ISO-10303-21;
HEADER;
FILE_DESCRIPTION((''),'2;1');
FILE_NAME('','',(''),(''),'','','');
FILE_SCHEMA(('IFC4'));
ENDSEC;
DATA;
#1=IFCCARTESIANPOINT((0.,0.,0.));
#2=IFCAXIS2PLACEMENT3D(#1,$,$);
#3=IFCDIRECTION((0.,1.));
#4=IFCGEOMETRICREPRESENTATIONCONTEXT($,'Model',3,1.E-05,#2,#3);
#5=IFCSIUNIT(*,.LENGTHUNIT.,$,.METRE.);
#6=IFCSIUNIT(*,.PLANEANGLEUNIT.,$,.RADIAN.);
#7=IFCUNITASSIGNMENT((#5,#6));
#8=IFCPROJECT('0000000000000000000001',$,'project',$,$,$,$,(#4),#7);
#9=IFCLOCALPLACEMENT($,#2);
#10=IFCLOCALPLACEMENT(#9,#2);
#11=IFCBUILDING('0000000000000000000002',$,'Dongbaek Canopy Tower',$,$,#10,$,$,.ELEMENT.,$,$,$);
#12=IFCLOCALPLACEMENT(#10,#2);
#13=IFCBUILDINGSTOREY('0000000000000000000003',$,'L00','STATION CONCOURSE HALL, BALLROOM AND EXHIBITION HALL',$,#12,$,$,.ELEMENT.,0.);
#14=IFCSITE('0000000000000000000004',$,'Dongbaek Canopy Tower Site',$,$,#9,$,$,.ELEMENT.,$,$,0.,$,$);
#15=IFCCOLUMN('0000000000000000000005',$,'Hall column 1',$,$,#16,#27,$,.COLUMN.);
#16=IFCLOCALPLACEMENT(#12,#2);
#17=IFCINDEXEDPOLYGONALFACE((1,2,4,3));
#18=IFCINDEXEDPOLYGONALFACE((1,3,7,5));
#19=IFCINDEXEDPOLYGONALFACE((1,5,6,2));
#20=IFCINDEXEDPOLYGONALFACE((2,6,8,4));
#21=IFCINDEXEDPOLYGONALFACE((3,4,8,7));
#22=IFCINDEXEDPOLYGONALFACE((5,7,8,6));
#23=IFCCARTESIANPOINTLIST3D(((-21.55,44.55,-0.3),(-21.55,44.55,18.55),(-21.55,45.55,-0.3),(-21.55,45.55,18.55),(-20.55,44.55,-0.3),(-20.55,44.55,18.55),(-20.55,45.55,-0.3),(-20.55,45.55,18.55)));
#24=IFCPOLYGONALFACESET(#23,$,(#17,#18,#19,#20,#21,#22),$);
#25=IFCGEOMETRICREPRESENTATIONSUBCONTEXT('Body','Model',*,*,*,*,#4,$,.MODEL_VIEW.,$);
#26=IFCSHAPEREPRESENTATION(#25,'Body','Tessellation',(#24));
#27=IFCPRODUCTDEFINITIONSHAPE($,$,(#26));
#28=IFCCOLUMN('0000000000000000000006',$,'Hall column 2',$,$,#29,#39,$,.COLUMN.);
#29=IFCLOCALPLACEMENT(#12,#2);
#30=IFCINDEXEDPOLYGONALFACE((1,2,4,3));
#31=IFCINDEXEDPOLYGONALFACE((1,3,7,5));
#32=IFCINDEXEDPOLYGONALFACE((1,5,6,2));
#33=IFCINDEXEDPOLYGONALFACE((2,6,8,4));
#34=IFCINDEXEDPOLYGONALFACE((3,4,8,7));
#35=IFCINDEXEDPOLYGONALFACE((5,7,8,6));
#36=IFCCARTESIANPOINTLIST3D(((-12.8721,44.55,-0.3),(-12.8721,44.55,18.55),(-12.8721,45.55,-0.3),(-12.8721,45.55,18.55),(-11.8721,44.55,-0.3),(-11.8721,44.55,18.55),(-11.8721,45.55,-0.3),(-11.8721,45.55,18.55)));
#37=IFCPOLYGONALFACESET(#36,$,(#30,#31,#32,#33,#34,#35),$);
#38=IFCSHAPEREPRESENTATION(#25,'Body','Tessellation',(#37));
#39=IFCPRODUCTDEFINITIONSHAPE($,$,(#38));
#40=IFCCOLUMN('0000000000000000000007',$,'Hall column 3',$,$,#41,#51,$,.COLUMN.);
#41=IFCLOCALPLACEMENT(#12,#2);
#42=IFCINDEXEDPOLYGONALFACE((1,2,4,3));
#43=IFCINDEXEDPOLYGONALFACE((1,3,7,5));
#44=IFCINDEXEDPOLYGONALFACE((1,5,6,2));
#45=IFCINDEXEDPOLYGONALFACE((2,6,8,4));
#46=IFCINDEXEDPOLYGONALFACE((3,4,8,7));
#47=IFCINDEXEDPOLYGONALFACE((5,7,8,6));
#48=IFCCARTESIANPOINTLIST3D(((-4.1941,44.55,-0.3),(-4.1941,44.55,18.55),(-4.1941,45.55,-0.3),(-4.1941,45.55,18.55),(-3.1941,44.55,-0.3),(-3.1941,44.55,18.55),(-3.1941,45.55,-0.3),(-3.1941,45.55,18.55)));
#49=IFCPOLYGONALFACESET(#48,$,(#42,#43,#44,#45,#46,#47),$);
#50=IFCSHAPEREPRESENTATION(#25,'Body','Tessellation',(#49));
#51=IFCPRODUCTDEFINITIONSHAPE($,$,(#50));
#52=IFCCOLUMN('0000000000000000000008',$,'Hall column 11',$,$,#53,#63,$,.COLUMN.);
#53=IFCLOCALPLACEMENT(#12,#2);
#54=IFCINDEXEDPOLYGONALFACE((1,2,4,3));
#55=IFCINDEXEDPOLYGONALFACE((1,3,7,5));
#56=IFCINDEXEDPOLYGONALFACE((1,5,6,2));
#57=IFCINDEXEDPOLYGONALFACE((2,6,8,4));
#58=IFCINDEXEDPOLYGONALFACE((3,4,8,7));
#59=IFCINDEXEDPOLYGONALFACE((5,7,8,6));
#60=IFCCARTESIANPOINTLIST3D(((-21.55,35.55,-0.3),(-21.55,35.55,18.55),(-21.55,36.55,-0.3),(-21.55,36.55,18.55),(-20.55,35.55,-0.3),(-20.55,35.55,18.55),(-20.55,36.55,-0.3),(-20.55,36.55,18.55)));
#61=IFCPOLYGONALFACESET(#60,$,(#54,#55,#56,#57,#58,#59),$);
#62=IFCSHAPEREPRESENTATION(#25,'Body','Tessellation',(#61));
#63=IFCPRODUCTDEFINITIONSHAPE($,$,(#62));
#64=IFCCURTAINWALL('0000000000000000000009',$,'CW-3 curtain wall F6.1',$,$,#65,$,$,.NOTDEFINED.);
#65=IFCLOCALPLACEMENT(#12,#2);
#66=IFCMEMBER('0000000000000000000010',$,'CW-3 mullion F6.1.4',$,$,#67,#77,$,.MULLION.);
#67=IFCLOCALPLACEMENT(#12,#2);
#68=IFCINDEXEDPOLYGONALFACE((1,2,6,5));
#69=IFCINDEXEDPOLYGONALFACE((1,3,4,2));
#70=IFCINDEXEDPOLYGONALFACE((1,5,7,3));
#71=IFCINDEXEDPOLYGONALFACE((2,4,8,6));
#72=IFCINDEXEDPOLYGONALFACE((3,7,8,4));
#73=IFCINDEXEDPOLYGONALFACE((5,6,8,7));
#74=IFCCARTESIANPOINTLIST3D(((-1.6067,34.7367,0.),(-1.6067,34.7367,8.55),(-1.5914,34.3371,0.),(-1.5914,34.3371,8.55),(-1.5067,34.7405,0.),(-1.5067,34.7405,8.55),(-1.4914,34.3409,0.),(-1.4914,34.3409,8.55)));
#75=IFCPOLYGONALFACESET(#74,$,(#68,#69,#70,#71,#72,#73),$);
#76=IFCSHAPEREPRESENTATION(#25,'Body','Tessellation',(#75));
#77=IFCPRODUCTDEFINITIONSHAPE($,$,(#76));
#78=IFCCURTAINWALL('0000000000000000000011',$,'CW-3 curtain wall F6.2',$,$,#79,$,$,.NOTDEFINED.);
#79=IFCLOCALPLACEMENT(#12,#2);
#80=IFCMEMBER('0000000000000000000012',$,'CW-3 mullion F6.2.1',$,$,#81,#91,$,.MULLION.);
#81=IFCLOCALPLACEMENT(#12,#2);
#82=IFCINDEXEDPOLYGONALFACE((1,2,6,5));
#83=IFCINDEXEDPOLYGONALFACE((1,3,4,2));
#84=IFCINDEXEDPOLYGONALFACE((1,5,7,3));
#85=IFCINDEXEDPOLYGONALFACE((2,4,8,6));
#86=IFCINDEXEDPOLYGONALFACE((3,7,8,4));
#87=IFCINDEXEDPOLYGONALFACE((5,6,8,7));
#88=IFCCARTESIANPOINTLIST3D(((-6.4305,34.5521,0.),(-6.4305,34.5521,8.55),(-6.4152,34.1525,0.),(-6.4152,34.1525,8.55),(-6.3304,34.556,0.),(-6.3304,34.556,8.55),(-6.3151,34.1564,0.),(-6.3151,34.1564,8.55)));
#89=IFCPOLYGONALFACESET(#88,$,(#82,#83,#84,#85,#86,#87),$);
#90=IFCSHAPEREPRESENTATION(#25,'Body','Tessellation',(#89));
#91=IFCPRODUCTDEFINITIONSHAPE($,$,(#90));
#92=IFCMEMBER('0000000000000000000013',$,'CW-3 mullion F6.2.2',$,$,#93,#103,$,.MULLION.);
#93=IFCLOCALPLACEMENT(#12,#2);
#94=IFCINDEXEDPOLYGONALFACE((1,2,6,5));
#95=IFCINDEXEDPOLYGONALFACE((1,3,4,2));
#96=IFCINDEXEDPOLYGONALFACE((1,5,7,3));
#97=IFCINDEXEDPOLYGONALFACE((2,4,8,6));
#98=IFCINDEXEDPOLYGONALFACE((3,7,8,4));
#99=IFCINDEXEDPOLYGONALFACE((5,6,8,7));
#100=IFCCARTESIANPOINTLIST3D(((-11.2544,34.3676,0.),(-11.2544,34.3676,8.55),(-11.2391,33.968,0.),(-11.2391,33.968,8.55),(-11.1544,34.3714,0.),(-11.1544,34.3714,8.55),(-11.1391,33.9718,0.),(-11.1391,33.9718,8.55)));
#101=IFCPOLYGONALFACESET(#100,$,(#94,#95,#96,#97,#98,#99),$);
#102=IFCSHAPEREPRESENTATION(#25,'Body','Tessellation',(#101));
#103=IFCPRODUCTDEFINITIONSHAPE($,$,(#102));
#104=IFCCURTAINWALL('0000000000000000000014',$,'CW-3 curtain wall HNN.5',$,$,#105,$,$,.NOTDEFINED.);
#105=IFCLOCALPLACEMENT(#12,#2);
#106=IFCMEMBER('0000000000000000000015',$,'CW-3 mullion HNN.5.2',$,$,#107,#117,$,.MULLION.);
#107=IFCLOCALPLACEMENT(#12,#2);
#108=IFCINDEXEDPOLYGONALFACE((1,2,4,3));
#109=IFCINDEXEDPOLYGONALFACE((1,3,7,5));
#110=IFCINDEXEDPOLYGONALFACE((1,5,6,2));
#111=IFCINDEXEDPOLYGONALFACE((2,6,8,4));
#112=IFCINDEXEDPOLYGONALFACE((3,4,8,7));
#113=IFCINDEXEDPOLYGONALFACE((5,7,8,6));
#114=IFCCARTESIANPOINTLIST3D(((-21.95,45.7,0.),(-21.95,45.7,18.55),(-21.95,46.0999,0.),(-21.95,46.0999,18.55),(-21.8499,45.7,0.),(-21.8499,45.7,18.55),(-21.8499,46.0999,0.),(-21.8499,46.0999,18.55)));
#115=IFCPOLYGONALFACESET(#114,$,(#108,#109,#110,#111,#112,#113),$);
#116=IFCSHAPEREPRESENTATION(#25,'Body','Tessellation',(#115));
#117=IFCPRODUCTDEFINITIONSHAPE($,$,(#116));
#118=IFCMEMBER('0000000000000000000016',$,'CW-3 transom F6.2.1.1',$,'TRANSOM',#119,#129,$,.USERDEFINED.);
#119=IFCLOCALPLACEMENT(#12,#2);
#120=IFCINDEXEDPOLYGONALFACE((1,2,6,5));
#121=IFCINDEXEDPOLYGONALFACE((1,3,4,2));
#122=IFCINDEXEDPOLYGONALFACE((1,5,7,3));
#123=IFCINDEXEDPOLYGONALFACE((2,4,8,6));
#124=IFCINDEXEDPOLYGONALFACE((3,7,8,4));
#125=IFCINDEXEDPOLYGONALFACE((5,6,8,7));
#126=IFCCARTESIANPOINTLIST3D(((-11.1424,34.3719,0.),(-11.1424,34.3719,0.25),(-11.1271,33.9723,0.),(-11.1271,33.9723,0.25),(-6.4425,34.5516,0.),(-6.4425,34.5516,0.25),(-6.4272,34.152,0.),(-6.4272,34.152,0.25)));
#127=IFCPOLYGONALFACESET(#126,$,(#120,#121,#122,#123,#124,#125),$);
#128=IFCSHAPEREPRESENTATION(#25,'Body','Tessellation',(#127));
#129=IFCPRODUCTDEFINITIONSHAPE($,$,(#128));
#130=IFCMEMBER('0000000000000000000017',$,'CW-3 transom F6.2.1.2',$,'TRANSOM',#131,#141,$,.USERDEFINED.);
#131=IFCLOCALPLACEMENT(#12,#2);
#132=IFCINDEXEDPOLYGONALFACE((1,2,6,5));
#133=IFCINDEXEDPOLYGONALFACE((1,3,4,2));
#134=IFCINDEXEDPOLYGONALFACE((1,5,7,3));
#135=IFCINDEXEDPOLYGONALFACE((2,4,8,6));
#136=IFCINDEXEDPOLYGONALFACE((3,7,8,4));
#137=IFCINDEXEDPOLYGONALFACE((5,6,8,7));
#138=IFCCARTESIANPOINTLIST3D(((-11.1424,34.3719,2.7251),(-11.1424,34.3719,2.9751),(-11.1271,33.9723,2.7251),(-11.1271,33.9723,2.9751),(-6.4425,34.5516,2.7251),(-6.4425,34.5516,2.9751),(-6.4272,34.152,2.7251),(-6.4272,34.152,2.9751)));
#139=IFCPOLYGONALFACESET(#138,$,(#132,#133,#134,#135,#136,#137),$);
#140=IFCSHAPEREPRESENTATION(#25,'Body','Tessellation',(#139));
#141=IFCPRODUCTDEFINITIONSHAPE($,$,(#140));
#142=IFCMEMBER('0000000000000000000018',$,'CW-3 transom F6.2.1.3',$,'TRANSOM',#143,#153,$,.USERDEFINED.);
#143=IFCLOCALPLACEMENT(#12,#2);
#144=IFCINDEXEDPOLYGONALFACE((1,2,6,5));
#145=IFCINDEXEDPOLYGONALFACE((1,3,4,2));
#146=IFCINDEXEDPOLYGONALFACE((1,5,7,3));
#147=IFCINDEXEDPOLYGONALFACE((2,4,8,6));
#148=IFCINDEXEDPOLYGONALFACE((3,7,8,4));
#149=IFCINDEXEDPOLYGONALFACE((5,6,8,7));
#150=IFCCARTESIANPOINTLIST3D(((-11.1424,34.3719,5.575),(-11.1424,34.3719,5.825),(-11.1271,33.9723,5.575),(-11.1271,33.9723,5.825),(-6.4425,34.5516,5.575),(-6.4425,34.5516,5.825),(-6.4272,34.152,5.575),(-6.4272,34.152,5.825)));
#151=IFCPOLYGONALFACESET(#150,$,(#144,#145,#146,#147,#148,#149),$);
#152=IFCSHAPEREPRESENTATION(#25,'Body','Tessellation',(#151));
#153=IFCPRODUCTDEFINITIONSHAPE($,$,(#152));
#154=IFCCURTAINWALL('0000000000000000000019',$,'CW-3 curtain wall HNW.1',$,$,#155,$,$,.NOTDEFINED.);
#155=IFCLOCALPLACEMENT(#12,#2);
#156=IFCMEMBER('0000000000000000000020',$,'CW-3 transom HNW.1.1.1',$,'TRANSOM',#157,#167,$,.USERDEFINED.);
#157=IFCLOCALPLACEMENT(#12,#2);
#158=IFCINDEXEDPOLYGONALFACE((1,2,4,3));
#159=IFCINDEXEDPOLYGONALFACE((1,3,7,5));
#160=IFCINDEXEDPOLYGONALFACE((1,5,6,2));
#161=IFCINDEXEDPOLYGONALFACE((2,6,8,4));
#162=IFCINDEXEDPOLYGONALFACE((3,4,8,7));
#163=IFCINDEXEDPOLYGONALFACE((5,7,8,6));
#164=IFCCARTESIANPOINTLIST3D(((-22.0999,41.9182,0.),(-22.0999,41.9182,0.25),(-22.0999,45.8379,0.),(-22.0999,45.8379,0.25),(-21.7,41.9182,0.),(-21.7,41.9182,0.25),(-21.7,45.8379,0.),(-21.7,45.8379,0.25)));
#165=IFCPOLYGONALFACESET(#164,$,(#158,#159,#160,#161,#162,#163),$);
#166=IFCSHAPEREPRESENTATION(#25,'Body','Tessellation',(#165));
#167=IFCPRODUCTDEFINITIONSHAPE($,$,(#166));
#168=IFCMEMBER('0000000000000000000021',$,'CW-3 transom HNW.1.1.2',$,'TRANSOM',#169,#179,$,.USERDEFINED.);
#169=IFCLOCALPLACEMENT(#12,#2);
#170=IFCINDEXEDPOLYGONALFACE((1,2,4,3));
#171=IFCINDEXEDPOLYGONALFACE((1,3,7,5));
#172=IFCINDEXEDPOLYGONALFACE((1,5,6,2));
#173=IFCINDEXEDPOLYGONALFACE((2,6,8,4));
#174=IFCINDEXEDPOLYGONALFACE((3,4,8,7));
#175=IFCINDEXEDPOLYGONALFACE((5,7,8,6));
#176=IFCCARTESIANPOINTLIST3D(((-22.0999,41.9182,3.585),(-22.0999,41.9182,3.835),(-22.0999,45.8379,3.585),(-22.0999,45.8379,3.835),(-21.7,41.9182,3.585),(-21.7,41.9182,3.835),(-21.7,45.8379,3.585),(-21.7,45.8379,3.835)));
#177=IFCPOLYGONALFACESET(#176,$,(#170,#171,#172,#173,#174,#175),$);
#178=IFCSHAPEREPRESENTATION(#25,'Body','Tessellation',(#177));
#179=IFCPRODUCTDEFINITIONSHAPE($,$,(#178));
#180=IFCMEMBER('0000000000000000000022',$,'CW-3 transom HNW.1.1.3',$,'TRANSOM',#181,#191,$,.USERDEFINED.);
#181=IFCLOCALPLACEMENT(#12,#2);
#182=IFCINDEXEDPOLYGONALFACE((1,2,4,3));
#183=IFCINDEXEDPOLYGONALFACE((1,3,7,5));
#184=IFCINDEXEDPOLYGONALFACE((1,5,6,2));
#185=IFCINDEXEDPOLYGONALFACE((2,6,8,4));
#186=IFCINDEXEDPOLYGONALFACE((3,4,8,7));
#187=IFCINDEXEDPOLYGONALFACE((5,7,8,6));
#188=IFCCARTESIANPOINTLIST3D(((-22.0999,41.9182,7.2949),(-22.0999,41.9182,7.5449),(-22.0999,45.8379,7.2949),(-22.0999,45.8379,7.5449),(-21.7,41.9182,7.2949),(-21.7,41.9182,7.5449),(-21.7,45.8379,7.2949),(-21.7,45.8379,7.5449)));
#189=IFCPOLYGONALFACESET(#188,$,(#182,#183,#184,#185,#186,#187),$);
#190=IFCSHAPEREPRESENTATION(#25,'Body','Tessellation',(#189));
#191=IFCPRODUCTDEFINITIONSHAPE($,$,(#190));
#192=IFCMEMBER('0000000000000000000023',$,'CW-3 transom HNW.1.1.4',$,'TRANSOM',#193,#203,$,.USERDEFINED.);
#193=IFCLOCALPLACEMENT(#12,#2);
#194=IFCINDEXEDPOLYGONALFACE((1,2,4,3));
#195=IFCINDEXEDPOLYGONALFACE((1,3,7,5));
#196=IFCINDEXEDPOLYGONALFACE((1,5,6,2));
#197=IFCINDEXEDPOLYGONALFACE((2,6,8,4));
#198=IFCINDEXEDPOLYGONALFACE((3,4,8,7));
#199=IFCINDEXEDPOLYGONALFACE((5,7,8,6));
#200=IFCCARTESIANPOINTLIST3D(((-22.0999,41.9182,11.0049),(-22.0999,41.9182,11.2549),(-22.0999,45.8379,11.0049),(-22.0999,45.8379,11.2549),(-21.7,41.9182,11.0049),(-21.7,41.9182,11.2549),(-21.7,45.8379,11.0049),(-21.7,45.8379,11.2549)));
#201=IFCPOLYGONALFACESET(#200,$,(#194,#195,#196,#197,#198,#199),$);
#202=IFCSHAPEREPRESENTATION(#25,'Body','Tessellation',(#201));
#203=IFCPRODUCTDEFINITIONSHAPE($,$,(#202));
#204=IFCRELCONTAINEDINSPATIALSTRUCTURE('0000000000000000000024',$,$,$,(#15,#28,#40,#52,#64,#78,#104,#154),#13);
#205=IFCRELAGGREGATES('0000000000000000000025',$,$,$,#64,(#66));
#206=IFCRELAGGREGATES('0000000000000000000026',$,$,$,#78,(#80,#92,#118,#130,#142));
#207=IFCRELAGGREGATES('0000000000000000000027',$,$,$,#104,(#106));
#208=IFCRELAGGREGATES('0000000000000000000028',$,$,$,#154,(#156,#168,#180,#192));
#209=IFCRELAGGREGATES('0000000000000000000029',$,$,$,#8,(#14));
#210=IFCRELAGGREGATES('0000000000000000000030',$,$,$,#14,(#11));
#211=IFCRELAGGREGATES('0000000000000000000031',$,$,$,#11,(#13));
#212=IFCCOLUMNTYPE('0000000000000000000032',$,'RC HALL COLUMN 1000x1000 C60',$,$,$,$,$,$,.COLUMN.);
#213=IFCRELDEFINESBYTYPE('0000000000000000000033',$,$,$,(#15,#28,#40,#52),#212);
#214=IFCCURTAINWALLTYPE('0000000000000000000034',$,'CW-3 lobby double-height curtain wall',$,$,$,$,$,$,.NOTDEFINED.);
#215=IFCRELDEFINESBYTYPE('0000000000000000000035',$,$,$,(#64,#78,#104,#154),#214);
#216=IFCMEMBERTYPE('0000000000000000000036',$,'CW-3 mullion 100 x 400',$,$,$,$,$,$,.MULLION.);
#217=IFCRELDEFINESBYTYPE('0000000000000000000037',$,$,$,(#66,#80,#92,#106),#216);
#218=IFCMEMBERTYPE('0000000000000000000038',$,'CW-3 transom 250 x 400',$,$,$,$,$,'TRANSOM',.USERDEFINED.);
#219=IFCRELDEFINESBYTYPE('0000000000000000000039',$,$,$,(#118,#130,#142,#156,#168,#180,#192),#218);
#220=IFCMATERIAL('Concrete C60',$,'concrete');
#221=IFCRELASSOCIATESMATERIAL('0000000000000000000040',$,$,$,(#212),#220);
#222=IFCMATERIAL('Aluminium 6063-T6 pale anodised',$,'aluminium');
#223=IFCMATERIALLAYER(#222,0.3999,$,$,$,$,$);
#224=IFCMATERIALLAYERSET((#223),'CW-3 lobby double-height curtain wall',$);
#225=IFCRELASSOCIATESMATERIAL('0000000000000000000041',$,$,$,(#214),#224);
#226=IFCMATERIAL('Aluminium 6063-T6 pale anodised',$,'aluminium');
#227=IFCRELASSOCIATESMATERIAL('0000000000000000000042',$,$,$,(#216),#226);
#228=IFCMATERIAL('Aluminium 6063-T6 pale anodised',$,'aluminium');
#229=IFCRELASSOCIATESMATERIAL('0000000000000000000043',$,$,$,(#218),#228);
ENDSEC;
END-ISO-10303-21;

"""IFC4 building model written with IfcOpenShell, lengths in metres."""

from ifc_helpers import new_model, si_unit, direction, frame, origin, origin_2d, place, context, subcontext, project, spatial, rectangle, extrude, material, layer, layer_set, material_profile, profile_set, type_object, element, aggregate, save


model = new_model("IFC4")

# Units and contexts
model_context = context("Model", 3, precision=1e-05, world=origin(), true_north=direction((0.0, 1.0)))
body_context = subcontext(model_context, "Body", "Model", "MODEL_VIEW")
ifc_project = project(units=[si_unit("LENGTHUNIT", "METRE"), si_unit("PLANEANGLEUNIT", "RADIAN")], contexts=[model_context])

# Site, building, storey
site_placement = place(None, origin())
site = spatial("IfcSite", under=ifc_project, at=site_placement, Name="Dongbaek Canopy Tower Site", CompositionType="ELEMENT", RefElevation=0.0)
building_placement = place(site_placement, origin())
building = spatial("IfcBuilding", under=site, at=building_placement, Name="Dongbaek Canopy Tower", CompositionType="ELEMENT")
storey_placement = place(building_placement, origin())
storey = spatial("IfcBuildingStorey", under=building, at=storey_placement, Name="L00", Description="STATION CONCOURSE HALL, BALLROOM AND EXHIBITION HALL", CompositionType="ELEMENT", Elevation=0.0)

# Columns
ifc_material_1 = material(Name="Concrete C60", Category="concrete")
ifc_material_profile_1 = material_profile(ifc_material_1, rectangle(XDim=1.0, YDim=1.0, at=origin_2d()), Name="RC HALL COLUMN 1000x1000 C60")
ifc_profile_set_1 = profile_set([ifc_material_profile_1], Name="Concrete C60")
column_type = type_object("IfcColumnType", Name="RC HALL COLUMN 1000x1000 C60", PredefinedType="COLUMN", material=ifc_profile_set_1)
for number, where, z_axis, x_axis, name in (
    (1, (-21.05, 45.05, -0.3), (0.0, 0.0, 1.0), (1.0, 0.0, 0.0), "Hall column 1"),
    (2, (-12.3721, 45.05, -0.3), (0.0, 0.0, 1.0), (1.0, 0.0, 0.0), "Hall column 2"),
    (3, (-3.6941, 45.05, -0.3), (0.0, 0.0, 1.0), (1.0, 0.0, 0.0), "Hall column 3"),
    (4, (-21.05, 36.05, -0.3), (0.0, 0.0, 1.0), (1.0, 0.0, 0.0), "Hall column 11"),
):
    element("IfcColumn", number, at=place(storey_placement, frame(where, z_axis=z_axis, x_axis=x_axis)), inside=storey, type_object=column_type, Name=name, PredefinedType="COLUMN", context=body_context, shape_type="SweptSolid", body=[
        extrude(rectangle(XDim=1.0, YDim=1.0, at=origin_2d()), origin(), (0.0, 0.0, 1.0), 18.8501),
    ])

# Curtain wall, member
ifc_material_2 = material(Name="Aluminium 6063-T6 pale anodised", Category="aluminium")
ifc_layer_1 = layer(ifc_material_2, 0.3999)
ifc_layer_set_1 = layer_set([ifc_layer_1], Name="CW-3 lobby double-height curtain wall")
curtain_wall_type = type_object("IfcCurtainWallType", Name="CW-3 lobby double-height curtain wall", PredefinedType="NOTDEFINED", material=ifc_layer_set_1)
curtain_wall_1_placement = place(storey_placement, origin())
curtain_wall_1 = element("IfcCurtainWall", 5, at=curtain_wall_1_placement, inside=storey, type_object=curtain_wall_type, Name="CW-3 curtain wall F6.1", PredefinedType="NOTDEFINED")
ifc_material_3 = material(Name="Aluminium 6063-T6 pale anodised", Category="aluminium")
ifc_material_profile_2 = material_profile(ifc_material_3, rectangle(XDim=0.3999, YDim=0.1001, at=origin_2d()), Name="CW-3 mullion 100 x 400")
ifc_profile_set_2 = profile_set([ifc_material_profile_2], Name="Aluminium 6063-T6 pale anodised")
member_type_1 = type_object("IfcMemberType", Name="CW-3 mullion 100 x 400", PredefinedType="MULLION", material=ifc_profile_set_2)
member_1_placement = place(storey_placement, frame((-1.5491, 34.5388, 0.0), z_axis=(0.0, 0.0, 1.0), x_axis=(-0.038232, 0.999269, 0.0)))
member_1 = element("IfcMember", 6, at=member_1_placement, type_object=member_type_1, Name="CW-3 mullion F6.1.4", PredefinedType="MULLION", context=body_context, shape_type="SweptSolid", body=[
    extrude(rectangle(XDim=0.3999, YDim=0.1001, at=origin_2d()), origin(), (0.0, 0.0, 1.0), 8.55),
])
aggregate(curtain_wall_1, [member_1])

# Curtain wall, members
curtain_wall_2_placement = place(storey_placement, origin())
curtain_wall_2 = element("IfcCurtainWall", 7, at=curtain_wall_2_placement, inside=storey, type_object=curtain_wall_type, Name="CW-3 curtain wall F6.2", PredefinedType="NOTDEFINED")
member_2_placement = place(storey_placement, frame((-6.3728, 34.3542, 0.0), z_axis=(0.0, 0.0, 1.0), x_axis=(-0.038232, 0.999269, 0.0)))
member_2 = element("IfcMember", 8, at=member_2_placement, type_object=member_type_1, Name="CW-3 mullion F6.2.1", PredefinedType="MULLION", context=body_context, shape_type="SweptSolid", body=[
    extrude(rectangle(XDim=0.3999, YDim=0.1001, at=origin_2d()), origin(), (0.0, 0.0, 1.0), 8.55),
])
member_3_placement = place(storey_placement, frame((-11.1968, 34.1697, 0.0), z_axis=(0.0, 0.0, 1.0), x_axis=(-0.038232, 0.999269, 0.0)))
member_3 = element("IfcMember", 9, at=member_3_placement, type_object=member_type_1, Name="CW-3 mullion F6.2.2", PredefinedType="MULLION", context=body_context, shape_type="SweptSolid", body=[
    extrude(rectangle(XDim=0.3999, YDim=0.1001, at=origin_2d()), origin(), (0.0, 0.0, 1.0), 8.55),
])

# Curtain wall, member
curtain_wall_3_placement = place(storey_placement, origin())
curtain_wall_3 = element("IfcCurtainWall", 10, at=curtain_wall_3_placement, inside=storey, type_object=curtain_wall_type, Name="CW-3 curtain wall HNN.5", PredefinedType="NOTDEFINED")
member_4_placement = place(storey_placement, frame((-21.8999, 45.8999, 0.0), z_axis=(0.0, 0.0, 1.0), x_axis=(0.0, 1.0, 0.0)))
member_4 = element("IfcMember", 11, at=member_4_placement, type_object=member_type_1, Name="CW-3 mullion HNN.5.2", PredefinedType="MULLION", context=body_context, shape_type="SweptSolid", body=[
    extrude(rectangle(XDim=0.3999, YDim=0.1001, at=origin_2d()), origin(), (0.0, 0.0, 1.0), 18.55),
])

# Members
ifc_material_4 = material(Name="Aluminium 6063-T6 pale anodised", Category="aluminium")
ifc_material_profile_3 = material_profile(ifc_material_4, rectangle(XDim=0.3999, YDim=0.25, at=origin_2d()), Name="CW-3 transom 250 x 400")
ifc_profile_set_3 = profile_set([ifc_material_profile_3], Name="Aluminium 6063-T6 pale anodised")
member_type_2 = type_object("IfcMemberType", Name="CW-3 transom 250 x 400", ElementType="TRANSOM", PredefinedType="USERDEFINED", material=ifc_profile_set_3)
member_5_placement = place(storey_placement, frame((-6.4348, 34.3518, 0.125), z_axis=(-0.99927, -0.038204, 0.0), x_axis=(0.038204, -0.99927, 0.0)))
member_5 = element("IfcMember", 12, at=member_5_placement, type_object=member_type_2, Name="CW-3 transom F6.2.1.1", ObjectType="TRANSOM", PredefinedType="USERDEFINED", context=body_context, shape_type="SweptSolid", body=[
    extrude(rectangle(XDim=0.3999, YDim=0.25, at=origin_2d()), origin(), (0.0, 0.0, 1.0), 4.7034),
])
member_6_placement = place(storey_placement, frame((-6.4348, 34.3518, 2.8501), z_axis=(-0.99927, -0.038204, 0.0), x_axis=(0.038204, -0.99927, 0.0)))
member_6 = element("IfcMember", 13, at=member_6_placement, type_object=member_type_2, Name="CW-3 transom F6.2.1.2", ObjectType="TRANSOM", PredefinedType="USERDEFINED", context=body_context, shape_type="SweptSolid", body=[
    extrude(rectangle(XDim=0.3999, YDim=0.25, at=origin_2d()), origin(), (0.0, 0.0, 1.0), 4.7034),
])
member_7_placement = place(storey_placement, frame((-6.4348, 34.3518, 5.7), z_axis=(-0.99927, -0.038204, 0.0), x_axis=(0.038204, -0.99927, 0.0)))
member_7 = element("IfcMember", 14, at=member_7_placement, type_object=member_type_2, Name="CW-3 transom F6.2.1.3", ObjectType="TRANSOM", PredefinedType="USERDEFINED", context=body_context, shape_type="SweptSolid", body=[
    extrude(rectangle(XDim=0.3999, YDim=0.25, at=origin_2d()), origin(), (0.0, 0.0, 1.0), 4.7034),
])

# Curtain wall, members
curtain_wall_4_placement = place(storey_placement, origin())
curtain_wall_4 = element("IfcCurtainWall", 15, at=curtain_wall_4_placement, inside=storey, type_object=curtain_wall_type, Name="CW-3 curtain wall HNW.1", PredefinedType="NOTDEFINED")
member_8_placement = place(storey_placement, frame((-21.8999, 45.8379, 0.125), z_axis=(0.0, -1.0, 0.0), x_axis=(1.0, 0.0, 0.0)))
member_8 = element("IfcMember", 16, at=member_8_placement, type_object=member_type_2, Name="CW-3 transom HNW.1.1.1", ObjectType="TRANSOM", PredefinedType="USERDEFINED", context=body_context, shape_type="SweptSolid", body=[
    extrude(rectangle(XDim=0.3999, YDim=0.25, at=origin_2d()), origin(), (0.0, 0.0, 1.0), 3.9197),
])
member_9_placement = place(storey_placement, frame((-21.8999, 45.8379, 3.71), z_axis=(0.0, -1.0, 0.0), x_axis=(1.0, 0.0, 0.0)))
member_9 = element("IfcMember", 17, at=member_9_placement, type_object=member_type_2, Name="CW-3 transom HNW.1.1.2", ObjectType="TRANSOM", PredefinedType="USERDEFINED", context=body_context, shape_type="SweptSolid", body=[
    extrude(rectangle(XDim=0.3999, YDim=0.25, at=origin_2d()), origin(), (0.0, 0.0, 1.0), 3.9197),
])
member_10_placement = place(storey_placement, frame((-21.8999, 45.8379, 7.4199), z_axis=(0.0, -1.0, 0.0), x_axis=(1.0, 0.0, 0.0)))
member_10 = element("IfcMember", 18, at=member_10_placement, type_object=member_type_2, Name="CW-3 transom HNW.1.1.3", ObjectType="TRANSOM", PredefinedType="USERDEFINED", context=body_context, shape_type="SweptSolid", body=[
    extrude(rectangle(XDim=0.3999, YDim=0.25, at=origin_2d()), origin(), (0.0, 0.0, 1.0), 3.9197),
])
member_11_placement = place(storey_placement, frame((-21.8999, 45.8379, 11.1299), z_axis=(0.0, -1.0, 0.0), x_axis=(1.0, 0.0, 0.0)))
member_11 = element("IfcMember", 19, at=member_11_placement, type_object=member_type_2, Name="CW-3 transom HNW.1.1.4", ObjectType="TRANSOM", PredefinedType="USERDEFINED", context=body_context, shape_type="SweptSolid", body=[
    extrude(rectangle(XDim=0.3999, YDim=0.25, at=origin_2d()), origin(), (0.0, 0.0, 1.0), 3.9197),
])

aggregate(curtain_wall_2, [member_2, member_3, member_5, member_6, member_7])
aggregate(curtain_wall_3, [member_4])
aggregate(curtain_wall_4, [member_8, member_9, member_10, member_11])

save(model, "model.ifc")
